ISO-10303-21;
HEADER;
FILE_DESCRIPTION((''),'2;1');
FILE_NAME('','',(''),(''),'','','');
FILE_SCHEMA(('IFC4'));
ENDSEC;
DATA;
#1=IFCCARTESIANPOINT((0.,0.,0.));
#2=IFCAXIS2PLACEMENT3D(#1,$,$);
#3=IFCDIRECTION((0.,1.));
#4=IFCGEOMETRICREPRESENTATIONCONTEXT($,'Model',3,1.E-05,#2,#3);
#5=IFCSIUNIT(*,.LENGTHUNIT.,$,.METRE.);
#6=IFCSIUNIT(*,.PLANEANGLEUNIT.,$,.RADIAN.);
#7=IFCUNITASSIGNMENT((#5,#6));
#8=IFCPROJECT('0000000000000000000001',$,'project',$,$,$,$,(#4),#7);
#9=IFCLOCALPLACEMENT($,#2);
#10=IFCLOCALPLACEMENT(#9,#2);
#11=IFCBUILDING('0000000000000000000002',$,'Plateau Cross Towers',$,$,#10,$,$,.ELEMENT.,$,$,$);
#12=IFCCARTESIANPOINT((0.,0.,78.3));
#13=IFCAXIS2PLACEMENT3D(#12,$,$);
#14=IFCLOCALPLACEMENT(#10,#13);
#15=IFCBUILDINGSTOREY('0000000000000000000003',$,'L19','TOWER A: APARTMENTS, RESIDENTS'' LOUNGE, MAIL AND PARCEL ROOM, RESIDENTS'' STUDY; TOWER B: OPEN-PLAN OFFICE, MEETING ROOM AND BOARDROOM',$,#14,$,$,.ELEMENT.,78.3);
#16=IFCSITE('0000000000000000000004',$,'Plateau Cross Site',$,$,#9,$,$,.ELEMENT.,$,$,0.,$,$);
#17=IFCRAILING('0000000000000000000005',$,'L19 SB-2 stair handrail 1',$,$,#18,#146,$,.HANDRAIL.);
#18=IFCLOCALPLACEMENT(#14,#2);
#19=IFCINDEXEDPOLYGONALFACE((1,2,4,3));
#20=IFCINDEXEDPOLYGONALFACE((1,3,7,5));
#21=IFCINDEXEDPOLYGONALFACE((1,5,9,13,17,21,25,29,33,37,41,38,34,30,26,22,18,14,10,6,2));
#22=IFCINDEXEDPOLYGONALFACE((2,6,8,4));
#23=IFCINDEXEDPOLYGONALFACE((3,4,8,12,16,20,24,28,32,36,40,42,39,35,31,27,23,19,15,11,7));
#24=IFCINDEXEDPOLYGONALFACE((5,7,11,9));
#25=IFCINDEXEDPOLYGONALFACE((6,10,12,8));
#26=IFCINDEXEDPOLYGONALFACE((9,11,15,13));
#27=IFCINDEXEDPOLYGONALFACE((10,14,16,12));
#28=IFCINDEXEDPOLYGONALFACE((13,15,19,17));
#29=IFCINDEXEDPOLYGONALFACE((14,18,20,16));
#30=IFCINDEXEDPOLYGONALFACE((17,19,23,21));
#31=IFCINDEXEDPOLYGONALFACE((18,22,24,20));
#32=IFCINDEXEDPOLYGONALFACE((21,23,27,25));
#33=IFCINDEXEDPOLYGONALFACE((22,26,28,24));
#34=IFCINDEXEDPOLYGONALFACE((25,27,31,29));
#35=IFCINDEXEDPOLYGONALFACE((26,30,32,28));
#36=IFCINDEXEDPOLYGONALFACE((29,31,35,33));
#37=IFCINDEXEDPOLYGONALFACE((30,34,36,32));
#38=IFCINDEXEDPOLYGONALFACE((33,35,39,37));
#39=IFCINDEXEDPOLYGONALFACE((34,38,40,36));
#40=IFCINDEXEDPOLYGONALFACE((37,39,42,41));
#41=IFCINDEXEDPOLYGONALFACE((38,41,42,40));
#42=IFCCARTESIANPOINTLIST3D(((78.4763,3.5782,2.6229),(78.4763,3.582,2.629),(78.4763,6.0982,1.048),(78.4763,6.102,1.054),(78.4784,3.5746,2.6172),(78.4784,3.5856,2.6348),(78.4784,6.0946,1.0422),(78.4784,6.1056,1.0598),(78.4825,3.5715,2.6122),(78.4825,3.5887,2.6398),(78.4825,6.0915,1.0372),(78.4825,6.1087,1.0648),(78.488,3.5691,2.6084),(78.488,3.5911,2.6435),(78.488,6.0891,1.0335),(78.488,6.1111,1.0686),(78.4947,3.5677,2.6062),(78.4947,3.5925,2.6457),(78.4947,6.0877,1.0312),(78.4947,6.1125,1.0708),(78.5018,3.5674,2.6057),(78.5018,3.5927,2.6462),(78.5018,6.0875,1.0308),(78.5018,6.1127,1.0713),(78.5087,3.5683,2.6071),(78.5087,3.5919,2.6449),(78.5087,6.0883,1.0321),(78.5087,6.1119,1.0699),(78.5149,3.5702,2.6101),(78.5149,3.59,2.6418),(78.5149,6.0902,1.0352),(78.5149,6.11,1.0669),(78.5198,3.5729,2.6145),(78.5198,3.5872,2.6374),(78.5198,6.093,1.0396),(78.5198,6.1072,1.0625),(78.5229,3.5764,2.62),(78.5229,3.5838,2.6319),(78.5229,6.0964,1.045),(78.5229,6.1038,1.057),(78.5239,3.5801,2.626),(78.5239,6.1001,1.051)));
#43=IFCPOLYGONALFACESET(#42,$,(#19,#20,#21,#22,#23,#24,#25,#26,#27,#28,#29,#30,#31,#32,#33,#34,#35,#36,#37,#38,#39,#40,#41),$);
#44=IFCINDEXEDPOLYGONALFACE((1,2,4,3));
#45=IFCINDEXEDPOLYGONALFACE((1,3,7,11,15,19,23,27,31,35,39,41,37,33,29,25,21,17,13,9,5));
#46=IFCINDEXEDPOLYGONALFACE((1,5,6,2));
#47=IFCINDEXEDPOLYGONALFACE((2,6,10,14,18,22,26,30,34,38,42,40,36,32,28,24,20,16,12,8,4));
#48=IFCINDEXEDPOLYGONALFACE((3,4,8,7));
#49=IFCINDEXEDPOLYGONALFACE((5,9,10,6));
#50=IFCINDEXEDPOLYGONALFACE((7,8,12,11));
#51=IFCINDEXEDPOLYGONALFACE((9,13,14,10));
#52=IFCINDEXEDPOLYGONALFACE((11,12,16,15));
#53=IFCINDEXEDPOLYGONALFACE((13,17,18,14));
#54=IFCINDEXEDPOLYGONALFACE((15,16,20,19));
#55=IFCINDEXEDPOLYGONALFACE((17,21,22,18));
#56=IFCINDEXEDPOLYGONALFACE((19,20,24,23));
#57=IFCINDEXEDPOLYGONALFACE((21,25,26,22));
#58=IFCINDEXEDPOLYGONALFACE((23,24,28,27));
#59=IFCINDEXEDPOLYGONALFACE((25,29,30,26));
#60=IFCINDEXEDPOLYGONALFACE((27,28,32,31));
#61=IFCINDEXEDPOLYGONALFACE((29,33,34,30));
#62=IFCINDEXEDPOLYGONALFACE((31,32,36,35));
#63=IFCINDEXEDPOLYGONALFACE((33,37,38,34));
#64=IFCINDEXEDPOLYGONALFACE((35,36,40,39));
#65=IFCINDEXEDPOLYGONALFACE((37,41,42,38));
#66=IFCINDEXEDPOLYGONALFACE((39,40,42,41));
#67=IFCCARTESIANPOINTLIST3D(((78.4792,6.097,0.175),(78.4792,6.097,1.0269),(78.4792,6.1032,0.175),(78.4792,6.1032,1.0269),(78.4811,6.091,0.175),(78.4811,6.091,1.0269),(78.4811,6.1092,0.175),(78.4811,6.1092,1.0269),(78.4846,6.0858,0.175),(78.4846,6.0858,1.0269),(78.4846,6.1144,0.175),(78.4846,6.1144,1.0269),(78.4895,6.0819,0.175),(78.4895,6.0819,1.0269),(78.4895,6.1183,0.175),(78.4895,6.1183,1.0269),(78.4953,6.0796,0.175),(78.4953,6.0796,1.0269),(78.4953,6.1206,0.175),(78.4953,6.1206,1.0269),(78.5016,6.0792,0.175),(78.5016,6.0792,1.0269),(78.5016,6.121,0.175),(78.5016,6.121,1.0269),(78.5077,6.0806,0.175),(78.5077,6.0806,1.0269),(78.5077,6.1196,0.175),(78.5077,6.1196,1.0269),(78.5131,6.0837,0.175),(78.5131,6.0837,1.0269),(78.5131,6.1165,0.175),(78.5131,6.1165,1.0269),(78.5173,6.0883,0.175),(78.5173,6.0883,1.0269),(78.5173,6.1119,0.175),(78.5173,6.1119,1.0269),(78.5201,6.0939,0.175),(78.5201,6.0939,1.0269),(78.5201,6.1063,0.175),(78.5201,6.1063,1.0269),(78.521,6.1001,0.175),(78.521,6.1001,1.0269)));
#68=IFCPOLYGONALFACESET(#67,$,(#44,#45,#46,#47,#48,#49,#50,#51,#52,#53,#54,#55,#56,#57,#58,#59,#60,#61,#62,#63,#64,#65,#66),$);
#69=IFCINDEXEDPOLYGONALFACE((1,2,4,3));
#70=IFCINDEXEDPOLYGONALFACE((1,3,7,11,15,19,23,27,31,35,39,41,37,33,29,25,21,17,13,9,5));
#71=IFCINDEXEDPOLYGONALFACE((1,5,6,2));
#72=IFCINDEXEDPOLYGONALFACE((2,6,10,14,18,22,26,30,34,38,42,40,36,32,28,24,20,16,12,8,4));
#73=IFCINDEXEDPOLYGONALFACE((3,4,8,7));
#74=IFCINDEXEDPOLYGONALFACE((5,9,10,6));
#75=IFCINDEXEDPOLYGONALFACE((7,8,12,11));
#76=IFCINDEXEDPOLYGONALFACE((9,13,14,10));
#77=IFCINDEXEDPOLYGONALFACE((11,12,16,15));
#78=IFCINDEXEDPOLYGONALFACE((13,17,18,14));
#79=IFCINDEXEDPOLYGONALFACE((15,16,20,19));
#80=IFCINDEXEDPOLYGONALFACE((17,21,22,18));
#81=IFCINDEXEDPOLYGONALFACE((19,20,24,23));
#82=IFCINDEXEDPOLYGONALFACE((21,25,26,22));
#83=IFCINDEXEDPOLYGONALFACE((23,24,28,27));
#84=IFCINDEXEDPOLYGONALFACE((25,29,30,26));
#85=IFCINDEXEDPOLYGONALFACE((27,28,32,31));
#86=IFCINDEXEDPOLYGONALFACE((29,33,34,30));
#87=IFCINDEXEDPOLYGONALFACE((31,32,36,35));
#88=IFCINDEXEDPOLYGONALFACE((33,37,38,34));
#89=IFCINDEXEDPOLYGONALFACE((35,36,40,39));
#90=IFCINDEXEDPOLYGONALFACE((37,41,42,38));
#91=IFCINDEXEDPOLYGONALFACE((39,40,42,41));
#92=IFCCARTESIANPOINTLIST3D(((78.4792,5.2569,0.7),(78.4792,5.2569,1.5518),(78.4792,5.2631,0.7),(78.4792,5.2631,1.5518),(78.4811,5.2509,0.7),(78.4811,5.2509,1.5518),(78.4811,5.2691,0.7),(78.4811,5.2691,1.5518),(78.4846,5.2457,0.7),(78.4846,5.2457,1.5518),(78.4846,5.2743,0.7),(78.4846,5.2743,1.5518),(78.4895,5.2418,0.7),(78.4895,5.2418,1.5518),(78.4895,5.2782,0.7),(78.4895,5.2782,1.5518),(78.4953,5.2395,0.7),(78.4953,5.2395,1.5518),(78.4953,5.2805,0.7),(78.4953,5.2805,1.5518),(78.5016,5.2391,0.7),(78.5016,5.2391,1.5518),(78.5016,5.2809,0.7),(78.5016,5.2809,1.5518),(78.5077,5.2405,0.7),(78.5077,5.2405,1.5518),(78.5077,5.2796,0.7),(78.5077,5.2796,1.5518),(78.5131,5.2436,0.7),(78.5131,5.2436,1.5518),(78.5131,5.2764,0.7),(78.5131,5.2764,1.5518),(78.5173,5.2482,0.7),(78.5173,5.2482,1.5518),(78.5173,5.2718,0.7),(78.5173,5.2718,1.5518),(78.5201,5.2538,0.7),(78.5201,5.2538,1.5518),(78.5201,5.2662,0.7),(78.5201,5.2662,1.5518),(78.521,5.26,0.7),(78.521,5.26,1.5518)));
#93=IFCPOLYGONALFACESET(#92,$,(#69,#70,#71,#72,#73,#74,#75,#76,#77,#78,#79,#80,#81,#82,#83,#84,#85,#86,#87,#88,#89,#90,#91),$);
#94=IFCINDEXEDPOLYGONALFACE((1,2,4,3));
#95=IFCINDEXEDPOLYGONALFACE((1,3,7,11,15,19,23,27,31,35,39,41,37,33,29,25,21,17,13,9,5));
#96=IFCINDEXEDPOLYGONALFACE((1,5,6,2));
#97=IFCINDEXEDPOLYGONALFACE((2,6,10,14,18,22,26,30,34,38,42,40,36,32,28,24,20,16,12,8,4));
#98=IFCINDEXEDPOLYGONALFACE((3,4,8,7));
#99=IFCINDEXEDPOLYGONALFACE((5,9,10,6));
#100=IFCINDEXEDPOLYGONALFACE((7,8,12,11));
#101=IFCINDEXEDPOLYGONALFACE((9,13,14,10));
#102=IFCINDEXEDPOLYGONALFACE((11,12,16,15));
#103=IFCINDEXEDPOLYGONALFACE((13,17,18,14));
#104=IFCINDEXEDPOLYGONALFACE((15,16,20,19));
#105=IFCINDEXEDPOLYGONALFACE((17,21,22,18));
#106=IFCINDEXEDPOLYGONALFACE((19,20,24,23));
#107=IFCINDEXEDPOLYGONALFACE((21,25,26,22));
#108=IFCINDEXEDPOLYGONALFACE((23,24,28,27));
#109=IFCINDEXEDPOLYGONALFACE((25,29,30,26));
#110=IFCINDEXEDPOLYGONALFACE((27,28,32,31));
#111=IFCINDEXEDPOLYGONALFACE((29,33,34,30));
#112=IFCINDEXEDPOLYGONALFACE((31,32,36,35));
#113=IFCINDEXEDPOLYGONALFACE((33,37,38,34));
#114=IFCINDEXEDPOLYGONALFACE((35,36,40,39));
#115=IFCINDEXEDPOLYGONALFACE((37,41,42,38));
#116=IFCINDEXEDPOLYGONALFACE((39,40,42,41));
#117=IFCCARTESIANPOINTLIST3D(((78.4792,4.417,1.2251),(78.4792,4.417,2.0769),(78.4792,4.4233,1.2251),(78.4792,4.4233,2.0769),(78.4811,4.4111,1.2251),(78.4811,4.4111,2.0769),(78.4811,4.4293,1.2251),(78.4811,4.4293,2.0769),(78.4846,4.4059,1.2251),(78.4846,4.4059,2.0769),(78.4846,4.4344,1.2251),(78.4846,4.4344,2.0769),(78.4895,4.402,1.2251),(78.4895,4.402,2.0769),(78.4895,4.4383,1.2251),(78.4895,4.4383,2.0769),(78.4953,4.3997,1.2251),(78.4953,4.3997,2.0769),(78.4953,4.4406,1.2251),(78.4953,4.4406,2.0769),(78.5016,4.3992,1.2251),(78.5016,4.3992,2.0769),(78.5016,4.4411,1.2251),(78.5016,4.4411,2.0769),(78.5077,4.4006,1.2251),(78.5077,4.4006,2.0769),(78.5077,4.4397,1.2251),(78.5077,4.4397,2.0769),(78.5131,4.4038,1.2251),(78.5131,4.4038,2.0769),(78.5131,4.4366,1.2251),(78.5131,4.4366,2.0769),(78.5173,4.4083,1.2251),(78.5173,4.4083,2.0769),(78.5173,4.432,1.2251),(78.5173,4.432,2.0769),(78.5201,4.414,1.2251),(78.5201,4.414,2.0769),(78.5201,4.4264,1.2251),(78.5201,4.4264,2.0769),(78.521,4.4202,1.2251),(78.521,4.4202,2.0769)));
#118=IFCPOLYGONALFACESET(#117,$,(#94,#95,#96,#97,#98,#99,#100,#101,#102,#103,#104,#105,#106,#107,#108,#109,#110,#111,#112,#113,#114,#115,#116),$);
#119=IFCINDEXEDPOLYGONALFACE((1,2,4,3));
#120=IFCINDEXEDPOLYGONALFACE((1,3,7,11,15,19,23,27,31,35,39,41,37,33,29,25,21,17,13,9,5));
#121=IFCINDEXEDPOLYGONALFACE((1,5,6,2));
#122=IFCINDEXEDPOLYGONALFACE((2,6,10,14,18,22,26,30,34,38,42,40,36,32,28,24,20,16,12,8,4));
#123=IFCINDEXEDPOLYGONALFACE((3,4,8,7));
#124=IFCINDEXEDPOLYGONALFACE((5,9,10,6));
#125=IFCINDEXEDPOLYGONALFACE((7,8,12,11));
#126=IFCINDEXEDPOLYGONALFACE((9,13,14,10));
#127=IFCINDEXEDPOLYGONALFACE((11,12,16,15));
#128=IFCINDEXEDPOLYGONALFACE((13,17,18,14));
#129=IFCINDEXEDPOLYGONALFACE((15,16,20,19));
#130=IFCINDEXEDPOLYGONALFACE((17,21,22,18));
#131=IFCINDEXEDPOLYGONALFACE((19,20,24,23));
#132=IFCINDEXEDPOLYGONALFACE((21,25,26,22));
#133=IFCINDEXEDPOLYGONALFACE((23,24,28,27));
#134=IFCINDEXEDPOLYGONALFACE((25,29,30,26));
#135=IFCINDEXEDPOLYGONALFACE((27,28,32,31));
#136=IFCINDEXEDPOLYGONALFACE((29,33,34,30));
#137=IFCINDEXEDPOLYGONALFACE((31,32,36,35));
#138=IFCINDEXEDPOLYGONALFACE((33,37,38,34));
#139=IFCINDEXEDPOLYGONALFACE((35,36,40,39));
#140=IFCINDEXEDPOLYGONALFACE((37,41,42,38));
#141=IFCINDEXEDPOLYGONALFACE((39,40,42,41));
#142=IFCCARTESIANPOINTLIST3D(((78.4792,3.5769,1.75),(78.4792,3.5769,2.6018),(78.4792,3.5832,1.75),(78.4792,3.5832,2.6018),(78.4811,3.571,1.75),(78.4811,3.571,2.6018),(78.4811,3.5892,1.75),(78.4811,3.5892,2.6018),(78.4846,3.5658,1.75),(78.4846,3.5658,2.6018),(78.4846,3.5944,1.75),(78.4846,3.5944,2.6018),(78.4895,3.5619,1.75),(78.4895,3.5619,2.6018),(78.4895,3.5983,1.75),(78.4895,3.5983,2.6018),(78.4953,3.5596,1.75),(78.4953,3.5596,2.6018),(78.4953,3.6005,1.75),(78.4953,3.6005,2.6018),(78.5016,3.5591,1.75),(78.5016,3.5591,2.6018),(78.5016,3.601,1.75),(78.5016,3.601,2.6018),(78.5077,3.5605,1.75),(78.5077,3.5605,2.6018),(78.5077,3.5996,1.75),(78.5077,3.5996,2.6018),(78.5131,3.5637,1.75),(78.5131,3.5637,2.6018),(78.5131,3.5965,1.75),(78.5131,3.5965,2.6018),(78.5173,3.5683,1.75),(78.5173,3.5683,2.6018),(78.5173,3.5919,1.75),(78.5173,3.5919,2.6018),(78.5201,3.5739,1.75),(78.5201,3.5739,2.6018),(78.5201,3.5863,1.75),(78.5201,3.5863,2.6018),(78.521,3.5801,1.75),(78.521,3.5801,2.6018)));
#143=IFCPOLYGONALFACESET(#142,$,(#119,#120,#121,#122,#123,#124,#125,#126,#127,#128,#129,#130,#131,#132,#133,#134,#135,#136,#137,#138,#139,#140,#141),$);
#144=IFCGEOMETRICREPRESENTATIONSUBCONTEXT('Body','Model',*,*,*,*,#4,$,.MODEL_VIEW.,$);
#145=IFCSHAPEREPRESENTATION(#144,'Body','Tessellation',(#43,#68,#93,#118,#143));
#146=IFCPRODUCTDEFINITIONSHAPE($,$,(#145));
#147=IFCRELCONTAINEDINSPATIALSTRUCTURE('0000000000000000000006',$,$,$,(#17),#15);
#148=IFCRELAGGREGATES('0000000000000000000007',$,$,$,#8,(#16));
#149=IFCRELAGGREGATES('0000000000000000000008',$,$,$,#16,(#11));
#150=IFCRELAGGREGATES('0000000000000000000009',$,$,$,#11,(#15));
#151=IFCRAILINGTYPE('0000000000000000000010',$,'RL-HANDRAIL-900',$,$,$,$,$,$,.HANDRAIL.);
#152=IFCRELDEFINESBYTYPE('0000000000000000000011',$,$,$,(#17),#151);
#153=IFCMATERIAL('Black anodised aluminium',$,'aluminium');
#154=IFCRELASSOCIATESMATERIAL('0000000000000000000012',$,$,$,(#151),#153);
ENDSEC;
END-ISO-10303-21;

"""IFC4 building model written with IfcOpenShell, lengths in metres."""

from ifc_helpers import new_model, si_unit, direction, frame, origin, origin_2d, place, context, subcontext, project, spatial, circle, extrude, material, type_object, element, save


model = new_model("IFC4")

# Units and contexts
model_context = context("Model", 3, precision=1e-05, world=origin(), true_north=direction((0.0, 1.0)))
body_context = subcontext(model_context, "Body", "Model", "MODEL_VIEW")
ifc_project = project(units=[si_unit("LENGTHUNIT", "METRE"), si_unit("PLANEANGLEUNIT", "RADIAN")], contexts=[model_context])

# Site, building, storey
site_placement = place(None, origin())
site = spatial("IfcSite", under=ifc_project, at=site_placement, Name="Plateau Cross Site", CompositionType="ELEMENT", RefElevation=0.0)
building_placement = place(site_placement, origin())
building = spatial("IfcBuilding", under=site, at=building_placement, Name="Plateau Cross Towers", CompositionType="ELEMENT")
storey_placement = place(building_placement, frame((0.0, 0.0, 78.3)))
storey = spatial("IfcBuildingStorey", under=building, at=storey_placement, Name="L19", Description="TOWER A: APARTMENTS, RESIDENTS' LOUNGE, MAIL AND PARCEL ROOM, RESIDENTS' STUDY; TOWER B: OPEN-PLAN OFFICE, MEETING ROOM AND BOARDROOM", CompositionType="ELEMENT", Elevation=78.3)

# Shared definitions
ifc_material_1 = material(Name="Black anodised aluminium", Category="aluminium")

# Railing
railing_type_1 = type_object("IfcRailingType", Name="RL-HANDRAIL-900", PredefinedType="HANDRAIL", material=ifc_material_1)
railing_1_placement = place(storey_placement, frame((78.5, 6.1001, 0.175)))
element("IfcRailing", 1, at=railing_1_placement, inside=storey, type_object=railing_type_1, Name="L19 SB-2 stair handrail 1", PredefinedType="HANDRAIL", context=body_context, shape_type="SweptSolid", body=[
    extrude(circle(Radius=0.0239, at=origin_2d()), frame((0.0, 0.0, 0.876), z_axis=(0.0, -0.848008, 0.529984), x_axis=(1.0, 0.0, 0.0)), (0.0, 0.0, 1.0), 2.9717),
    extrude(circle(Radius=0.021, at=origin_2d()), origin(), (0.0, 0.0, 1.0), 0.8518),
    extrude(circle(Radius=0.021, at=origin_2d()), frame((0.0, -0.8401, 0.5249)), (0.0, 0.0, 1.0), 0.8518),
    extrude(circle(Radius=0.021, at=origin_2d()), frame((0.0, -1.6799, 1.05)), (0.0, 0.0, 1.0), 0.8518),
    extrude(circle(Radius=0.021, at=origin_2d()), frame((0.0, -2.52, 1.575)), (0.0, 0.0, 1.0), 0.8518),
])

save(model, "model.ifc")
